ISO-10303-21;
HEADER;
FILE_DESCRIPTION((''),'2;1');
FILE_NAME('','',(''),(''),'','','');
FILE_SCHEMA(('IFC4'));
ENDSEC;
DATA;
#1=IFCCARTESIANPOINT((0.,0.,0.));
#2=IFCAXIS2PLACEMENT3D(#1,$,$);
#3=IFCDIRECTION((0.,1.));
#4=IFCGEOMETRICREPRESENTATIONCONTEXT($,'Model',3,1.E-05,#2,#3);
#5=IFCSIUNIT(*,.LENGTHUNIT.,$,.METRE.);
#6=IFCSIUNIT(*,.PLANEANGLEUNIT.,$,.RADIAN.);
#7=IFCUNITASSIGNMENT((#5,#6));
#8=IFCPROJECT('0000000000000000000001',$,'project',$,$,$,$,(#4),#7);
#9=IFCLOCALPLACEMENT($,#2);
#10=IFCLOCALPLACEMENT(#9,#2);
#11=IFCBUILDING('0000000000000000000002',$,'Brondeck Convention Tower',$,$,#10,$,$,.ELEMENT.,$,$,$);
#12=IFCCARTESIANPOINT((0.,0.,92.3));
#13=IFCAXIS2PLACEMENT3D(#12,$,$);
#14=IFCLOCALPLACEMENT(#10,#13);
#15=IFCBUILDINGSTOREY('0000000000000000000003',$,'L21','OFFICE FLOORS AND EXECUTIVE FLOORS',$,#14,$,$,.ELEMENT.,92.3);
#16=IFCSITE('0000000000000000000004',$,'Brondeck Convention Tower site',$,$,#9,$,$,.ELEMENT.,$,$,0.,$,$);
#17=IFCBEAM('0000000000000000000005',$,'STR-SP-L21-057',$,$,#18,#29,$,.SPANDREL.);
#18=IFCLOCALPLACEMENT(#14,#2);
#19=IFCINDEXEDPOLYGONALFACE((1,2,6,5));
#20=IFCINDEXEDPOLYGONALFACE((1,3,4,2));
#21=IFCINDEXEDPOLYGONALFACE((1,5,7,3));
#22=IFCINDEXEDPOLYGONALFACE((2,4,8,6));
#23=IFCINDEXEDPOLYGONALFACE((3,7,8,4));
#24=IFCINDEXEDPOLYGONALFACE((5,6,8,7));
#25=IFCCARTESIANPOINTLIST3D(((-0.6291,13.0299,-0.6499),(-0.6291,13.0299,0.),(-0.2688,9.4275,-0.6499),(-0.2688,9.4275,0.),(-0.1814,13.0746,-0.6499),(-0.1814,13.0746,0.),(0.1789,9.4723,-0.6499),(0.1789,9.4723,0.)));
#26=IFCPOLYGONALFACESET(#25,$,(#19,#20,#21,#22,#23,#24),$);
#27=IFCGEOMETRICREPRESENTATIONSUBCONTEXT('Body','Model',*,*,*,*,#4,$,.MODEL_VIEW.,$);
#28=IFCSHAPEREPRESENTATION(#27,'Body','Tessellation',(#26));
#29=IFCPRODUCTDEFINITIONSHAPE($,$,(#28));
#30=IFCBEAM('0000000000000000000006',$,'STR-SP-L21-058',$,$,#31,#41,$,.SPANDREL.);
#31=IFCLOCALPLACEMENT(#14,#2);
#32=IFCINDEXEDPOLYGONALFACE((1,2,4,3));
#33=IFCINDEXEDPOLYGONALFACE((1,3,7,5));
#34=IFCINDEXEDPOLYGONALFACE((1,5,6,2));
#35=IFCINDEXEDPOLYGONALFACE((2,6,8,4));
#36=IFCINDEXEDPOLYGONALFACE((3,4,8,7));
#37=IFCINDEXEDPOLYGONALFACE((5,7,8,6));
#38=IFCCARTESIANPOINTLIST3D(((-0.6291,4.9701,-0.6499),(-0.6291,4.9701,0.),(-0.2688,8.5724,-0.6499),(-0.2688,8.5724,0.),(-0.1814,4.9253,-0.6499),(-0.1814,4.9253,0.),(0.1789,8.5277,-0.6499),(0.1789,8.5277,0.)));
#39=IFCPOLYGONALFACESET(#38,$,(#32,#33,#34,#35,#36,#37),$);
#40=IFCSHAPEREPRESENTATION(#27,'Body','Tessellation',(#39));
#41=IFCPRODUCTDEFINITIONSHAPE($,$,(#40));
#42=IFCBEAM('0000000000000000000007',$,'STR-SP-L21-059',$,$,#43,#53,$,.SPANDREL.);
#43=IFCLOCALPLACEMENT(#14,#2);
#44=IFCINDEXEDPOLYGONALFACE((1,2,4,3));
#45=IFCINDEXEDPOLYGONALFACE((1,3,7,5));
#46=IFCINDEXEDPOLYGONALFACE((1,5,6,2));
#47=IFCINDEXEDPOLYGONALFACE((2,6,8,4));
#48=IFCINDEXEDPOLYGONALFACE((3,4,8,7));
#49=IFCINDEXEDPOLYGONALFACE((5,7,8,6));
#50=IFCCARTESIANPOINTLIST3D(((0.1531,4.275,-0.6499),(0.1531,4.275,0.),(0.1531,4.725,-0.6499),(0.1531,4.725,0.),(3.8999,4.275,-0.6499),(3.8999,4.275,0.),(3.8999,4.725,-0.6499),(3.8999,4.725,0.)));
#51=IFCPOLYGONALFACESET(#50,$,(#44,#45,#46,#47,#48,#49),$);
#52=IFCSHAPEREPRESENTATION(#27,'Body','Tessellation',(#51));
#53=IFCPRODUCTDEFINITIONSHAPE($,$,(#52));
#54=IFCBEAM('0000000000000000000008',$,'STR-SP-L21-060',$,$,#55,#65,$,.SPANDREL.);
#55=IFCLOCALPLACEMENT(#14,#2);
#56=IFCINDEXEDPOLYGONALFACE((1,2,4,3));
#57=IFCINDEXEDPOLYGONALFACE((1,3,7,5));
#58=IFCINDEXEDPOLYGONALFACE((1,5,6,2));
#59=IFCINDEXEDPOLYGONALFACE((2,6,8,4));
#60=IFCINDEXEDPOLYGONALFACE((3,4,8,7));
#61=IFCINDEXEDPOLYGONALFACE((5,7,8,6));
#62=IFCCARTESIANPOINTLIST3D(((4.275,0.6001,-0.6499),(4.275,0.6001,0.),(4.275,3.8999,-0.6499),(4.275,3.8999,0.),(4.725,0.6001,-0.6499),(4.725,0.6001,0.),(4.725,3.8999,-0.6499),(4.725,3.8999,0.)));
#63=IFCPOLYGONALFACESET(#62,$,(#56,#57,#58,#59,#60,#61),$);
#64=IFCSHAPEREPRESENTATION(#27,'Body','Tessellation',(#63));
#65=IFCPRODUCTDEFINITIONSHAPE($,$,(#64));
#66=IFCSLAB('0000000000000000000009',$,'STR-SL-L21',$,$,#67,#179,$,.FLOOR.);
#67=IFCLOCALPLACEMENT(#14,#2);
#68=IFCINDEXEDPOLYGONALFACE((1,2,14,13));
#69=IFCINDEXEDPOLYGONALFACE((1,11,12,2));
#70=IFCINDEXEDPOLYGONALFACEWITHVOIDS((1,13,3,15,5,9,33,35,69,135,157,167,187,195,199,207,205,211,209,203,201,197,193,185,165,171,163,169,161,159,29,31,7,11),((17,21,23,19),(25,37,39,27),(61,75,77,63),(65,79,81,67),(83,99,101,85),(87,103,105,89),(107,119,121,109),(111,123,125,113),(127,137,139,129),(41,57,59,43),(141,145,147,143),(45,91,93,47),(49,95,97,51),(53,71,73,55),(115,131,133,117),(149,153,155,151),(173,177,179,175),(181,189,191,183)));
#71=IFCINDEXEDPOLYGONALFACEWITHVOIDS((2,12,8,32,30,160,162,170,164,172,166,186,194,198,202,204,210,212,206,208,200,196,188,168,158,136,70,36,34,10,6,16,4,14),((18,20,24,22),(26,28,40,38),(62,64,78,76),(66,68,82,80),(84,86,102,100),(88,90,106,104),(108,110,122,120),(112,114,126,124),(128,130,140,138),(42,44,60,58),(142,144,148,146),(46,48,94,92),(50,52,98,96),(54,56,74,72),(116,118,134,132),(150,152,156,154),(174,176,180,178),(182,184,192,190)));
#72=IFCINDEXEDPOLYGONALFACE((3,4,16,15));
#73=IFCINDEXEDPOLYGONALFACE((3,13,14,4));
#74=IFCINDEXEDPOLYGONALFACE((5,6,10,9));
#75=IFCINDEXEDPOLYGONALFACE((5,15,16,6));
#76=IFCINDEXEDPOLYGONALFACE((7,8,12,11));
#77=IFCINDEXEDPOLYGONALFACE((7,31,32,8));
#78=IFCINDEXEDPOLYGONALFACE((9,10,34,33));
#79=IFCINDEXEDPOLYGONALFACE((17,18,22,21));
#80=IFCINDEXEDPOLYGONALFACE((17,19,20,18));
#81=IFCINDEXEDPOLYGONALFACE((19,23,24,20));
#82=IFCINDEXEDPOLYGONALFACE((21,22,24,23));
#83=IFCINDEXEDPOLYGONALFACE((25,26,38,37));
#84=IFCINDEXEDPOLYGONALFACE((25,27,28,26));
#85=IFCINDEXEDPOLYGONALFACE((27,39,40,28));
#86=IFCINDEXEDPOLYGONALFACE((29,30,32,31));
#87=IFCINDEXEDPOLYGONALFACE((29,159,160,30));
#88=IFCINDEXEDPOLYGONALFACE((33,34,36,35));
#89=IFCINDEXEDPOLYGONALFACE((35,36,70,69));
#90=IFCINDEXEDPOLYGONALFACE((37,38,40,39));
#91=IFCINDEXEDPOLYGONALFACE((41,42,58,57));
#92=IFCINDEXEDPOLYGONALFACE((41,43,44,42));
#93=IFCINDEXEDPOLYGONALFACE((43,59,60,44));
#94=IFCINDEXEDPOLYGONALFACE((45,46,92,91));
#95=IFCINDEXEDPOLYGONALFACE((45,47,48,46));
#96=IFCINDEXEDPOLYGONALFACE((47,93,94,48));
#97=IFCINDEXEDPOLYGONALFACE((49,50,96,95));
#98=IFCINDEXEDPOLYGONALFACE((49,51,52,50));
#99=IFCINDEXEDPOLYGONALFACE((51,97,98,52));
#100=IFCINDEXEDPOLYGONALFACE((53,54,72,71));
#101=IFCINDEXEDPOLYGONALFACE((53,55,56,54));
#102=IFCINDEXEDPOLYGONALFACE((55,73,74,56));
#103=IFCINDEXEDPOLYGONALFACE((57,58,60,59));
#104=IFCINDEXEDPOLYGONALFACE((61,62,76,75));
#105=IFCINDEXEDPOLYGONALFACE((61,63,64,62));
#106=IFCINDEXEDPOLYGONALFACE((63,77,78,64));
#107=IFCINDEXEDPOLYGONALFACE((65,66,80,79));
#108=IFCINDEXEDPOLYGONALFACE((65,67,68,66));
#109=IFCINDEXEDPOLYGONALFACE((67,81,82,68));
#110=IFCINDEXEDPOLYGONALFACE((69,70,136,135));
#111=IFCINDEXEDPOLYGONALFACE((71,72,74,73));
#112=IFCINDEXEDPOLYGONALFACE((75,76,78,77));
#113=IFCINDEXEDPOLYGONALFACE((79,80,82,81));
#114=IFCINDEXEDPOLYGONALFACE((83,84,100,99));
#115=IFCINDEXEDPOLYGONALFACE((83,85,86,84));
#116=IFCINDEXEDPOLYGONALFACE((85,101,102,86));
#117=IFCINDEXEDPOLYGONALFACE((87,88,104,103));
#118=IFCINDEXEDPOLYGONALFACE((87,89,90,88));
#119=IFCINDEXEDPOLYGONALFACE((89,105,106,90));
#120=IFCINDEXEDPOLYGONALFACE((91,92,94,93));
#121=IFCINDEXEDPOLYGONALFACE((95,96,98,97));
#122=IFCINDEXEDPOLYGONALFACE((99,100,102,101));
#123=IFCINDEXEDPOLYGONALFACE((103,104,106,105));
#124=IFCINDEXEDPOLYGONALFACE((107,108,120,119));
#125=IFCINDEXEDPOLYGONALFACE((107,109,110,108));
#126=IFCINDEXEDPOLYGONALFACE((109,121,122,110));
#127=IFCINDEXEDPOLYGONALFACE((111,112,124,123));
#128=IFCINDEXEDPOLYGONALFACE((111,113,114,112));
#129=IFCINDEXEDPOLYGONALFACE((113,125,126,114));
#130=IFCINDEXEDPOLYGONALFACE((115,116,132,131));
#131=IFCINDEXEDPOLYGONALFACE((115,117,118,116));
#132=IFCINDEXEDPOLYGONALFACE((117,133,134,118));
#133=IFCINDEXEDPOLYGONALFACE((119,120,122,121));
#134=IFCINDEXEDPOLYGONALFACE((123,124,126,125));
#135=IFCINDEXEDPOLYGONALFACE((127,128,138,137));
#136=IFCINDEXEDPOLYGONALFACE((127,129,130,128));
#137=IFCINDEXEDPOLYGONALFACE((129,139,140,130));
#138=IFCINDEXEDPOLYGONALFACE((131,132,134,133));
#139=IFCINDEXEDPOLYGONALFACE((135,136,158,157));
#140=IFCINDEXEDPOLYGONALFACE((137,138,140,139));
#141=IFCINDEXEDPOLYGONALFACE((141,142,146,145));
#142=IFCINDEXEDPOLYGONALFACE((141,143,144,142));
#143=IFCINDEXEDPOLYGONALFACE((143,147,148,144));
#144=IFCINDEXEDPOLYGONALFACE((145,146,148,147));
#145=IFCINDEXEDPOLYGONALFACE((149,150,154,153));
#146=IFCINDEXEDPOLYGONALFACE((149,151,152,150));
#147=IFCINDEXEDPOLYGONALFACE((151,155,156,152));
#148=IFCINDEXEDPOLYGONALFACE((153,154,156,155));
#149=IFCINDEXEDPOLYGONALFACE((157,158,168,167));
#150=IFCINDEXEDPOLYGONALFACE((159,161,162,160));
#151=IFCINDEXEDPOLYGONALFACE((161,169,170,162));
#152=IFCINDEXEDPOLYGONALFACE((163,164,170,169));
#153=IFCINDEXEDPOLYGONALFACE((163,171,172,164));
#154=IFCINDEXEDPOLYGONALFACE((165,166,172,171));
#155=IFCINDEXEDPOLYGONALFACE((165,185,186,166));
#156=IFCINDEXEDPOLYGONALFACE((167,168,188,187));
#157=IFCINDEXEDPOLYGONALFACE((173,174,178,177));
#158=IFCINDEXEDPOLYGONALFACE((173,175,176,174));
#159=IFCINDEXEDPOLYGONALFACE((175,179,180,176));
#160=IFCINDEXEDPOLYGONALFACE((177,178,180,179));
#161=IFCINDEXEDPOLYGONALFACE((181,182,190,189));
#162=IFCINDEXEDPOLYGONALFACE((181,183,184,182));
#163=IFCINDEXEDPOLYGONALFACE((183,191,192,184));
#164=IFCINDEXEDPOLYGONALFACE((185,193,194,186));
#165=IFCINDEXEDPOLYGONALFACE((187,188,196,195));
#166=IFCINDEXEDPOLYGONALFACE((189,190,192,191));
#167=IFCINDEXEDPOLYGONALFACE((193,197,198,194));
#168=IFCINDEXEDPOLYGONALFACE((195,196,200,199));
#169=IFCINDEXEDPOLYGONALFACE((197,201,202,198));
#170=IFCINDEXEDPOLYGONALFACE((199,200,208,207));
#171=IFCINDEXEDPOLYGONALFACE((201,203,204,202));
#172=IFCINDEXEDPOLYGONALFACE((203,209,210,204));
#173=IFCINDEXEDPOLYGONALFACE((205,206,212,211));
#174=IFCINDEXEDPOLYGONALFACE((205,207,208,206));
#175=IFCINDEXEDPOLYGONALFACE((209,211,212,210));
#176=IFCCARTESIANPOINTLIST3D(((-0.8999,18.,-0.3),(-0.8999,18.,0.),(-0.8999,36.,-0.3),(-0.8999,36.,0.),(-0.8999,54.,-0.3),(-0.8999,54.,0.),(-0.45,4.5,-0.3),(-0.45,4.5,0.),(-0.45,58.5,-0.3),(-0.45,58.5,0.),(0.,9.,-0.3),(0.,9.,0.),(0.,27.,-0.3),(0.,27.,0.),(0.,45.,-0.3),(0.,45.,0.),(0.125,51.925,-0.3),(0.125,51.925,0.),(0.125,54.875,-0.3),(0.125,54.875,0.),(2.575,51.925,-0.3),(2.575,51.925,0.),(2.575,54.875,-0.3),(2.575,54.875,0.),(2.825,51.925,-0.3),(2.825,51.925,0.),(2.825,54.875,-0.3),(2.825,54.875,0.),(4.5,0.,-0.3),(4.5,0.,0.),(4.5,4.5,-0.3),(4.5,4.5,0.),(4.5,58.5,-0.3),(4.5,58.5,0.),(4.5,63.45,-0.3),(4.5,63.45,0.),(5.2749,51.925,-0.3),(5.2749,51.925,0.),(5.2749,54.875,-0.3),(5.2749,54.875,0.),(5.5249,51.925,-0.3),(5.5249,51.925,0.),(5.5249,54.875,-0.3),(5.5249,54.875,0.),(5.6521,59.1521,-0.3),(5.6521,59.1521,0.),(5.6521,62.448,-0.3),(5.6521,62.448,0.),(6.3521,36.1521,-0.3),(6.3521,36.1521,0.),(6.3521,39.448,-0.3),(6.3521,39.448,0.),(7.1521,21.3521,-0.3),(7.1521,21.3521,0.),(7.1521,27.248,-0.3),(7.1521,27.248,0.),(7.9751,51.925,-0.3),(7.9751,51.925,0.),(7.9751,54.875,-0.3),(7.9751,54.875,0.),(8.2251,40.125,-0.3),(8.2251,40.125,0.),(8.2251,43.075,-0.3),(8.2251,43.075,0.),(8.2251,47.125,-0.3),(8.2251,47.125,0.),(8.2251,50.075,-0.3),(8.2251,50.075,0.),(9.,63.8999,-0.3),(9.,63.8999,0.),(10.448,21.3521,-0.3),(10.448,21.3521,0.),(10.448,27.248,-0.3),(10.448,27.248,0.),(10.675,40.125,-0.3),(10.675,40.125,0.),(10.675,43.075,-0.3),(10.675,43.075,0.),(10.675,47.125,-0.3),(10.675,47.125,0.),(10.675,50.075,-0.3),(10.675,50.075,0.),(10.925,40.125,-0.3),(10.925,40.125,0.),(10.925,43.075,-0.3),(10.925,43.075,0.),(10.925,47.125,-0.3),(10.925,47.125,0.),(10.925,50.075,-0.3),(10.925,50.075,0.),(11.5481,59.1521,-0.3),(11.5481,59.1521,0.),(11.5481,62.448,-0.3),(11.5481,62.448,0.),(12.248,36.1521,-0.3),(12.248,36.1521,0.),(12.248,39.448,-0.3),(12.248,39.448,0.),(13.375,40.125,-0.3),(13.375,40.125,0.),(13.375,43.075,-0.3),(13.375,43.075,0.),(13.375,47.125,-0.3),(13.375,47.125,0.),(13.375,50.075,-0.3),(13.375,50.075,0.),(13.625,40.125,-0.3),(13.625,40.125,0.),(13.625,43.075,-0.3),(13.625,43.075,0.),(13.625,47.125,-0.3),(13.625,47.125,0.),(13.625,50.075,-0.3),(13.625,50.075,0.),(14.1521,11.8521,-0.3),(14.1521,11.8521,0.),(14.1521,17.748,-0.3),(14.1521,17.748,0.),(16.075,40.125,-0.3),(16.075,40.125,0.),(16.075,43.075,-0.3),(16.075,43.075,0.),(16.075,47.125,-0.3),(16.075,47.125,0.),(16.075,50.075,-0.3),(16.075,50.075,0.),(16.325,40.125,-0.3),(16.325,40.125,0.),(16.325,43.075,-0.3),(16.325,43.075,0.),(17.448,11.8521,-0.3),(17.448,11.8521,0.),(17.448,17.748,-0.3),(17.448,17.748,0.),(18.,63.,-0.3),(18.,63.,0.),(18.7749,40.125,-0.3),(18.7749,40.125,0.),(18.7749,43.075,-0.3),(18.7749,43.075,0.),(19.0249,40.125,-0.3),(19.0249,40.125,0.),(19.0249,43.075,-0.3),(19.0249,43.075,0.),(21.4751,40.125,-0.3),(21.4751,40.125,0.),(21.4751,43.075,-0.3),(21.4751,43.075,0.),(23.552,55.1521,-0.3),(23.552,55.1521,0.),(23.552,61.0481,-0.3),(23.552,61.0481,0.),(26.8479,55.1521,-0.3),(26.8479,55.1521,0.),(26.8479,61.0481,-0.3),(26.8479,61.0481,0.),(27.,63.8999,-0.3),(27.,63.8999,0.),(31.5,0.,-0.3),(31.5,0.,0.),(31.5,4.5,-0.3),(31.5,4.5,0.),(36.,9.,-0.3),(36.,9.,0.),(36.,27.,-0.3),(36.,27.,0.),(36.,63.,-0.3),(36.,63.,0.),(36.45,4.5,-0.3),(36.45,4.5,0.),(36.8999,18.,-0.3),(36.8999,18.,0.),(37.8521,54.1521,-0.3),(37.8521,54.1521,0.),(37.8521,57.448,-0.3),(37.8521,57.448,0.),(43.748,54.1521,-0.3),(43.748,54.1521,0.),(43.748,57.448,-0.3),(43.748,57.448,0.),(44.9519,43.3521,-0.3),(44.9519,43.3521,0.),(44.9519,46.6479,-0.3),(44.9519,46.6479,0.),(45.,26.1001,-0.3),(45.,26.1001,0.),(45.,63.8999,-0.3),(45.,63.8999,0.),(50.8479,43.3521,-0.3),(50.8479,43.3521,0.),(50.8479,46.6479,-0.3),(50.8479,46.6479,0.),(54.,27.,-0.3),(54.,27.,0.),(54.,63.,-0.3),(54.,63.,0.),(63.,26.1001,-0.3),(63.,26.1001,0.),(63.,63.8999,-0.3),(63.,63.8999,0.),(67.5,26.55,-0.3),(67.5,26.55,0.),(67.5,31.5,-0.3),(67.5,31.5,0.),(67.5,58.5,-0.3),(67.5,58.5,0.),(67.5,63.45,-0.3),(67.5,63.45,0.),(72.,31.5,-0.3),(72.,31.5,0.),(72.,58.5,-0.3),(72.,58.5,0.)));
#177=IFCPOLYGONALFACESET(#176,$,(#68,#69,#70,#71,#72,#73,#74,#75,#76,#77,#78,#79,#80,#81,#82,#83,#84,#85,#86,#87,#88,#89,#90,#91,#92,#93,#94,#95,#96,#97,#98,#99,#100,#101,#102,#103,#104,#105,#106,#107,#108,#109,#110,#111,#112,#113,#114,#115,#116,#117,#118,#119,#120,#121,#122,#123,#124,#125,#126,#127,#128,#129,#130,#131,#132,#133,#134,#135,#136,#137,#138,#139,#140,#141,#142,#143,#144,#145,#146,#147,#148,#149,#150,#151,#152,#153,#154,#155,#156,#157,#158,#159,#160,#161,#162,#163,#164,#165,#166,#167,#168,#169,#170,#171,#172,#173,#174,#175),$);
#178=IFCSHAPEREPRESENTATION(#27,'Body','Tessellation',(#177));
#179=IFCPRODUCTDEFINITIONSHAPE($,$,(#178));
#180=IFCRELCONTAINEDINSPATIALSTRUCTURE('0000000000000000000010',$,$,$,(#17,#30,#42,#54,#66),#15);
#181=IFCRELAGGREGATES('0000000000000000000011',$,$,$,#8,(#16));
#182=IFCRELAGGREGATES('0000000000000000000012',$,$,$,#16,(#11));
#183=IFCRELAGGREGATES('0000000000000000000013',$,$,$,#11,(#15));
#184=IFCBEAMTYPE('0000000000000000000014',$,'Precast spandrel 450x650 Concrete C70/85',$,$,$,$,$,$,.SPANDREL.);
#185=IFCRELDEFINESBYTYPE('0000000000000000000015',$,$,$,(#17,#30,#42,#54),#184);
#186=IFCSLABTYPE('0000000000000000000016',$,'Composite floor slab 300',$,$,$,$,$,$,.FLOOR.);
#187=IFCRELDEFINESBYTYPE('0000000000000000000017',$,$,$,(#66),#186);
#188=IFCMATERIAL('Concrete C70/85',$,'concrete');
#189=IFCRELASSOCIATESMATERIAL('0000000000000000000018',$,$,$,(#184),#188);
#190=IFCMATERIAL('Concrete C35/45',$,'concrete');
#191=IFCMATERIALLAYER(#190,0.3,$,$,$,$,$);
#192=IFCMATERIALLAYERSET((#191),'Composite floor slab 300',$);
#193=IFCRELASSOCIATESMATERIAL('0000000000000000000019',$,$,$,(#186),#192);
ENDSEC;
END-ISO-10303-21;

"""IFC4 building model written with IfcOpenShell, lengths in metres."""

from ifc_helpers import new_model, si_unit, direction, frame, origin, origin_2d, place, context, subcontext, project, spatial, polyline, rectangle, outline, extrude, material, layer, layer_set, material_profile, profile_set, type_object, element, save


model = new_model("IFC4")

# Units and contexts
model_context = context("Model", 3, precision=1e-05, world=origin(), true_north=direction((0.0, 1.0)))
body_context = subcontext(model_context, "Body", "Model", "MODEL_VIEW")
ifc_project = project(units=[si_unit("LENGTHUNIT", "METRE"), si_unit("PLANEANGLEUNIT", "RADIAN")], contexts=[model_context])

# Site, building, storey
site_placement = place(None, origin())
site = spatial("IfcSite", under=ifc_project, at=site_placement, Name="Brondeck Convention Tower site", CompositionType="ELEMENT", RefElevation=0.0)
building_placement = place(site_placement, origin())
building = spatial("IfcBuilding", under=site, at=building_placement, Name="Brondeck Convention Tower", CompositionType="ELEMENT")
storey_placement = place(building_placement, frame((0.0, 0.0, 92.3)))
storey = spatial("IfcBuildingStorey", under=building, at=storey_placement, Name="L21", Description="OFFICE FLOORS AND EXECUTIVE FLOORS", CompositionType="ELEMENT", Elevation=92.3)

# Shared definitions
ifc_material_1 = material(Name="Concrete C70/85", Category="concrete")

# Beams
ifc_material_profile_1 = material_profile(ifc_material_1, rectangle(XDim=0.45, YDim=0.6499, at=origin_2d()), Name="Precast spandrel 450x650 Concrete C70/85")
ifc_profile_set_1 = profile_set([ifc_material_profile_1], Name="Concrete C70/85")
beam_type_1 = type_object("IfcBeamType", Name="Precast spandrel 450x650 Concrete C70/85", PredefinedType="SPANDREL", material=ifc_profile_set_1)
for number, where, z_axis, x_axis, name in (
    (1, (-0.4053, 13.0522, -0.325), (0.099537, -0.995034, 0.0), (0.995034, 0.099537, 0.0), "STR-SP-L21-057"),
    (2, (-0.0449, 8.55, -0.325), (-0.099537, -0.995034, 0.0), (0.995034, -0.099537, 0.0), "STR-SP-L21-058"),
):
    element("IfcBeam", number, at=place(storey_placement, frame(where, z_axis=z_axis, x_axis=x_axis)), inside=storey, type_object=beam_type_1, Name=name, PredefinedType="SPANDREL", context=body_context, shape_type="SweptSolid", body=[
        extrude(rectangle(XDim=0.45, YDim=0.6499, at=origin_2d()), origin(), (0.0, 0.0, 1.0), 3.6204),
    ])
beam_1_placement = place(storey_placement, frame((0.1531, 4.5, -0.325), z_axis=(1.0, 0.0, 0.0), x_axis=(0.0, 1.0, 0.0)))
element("IfcBeam", 3, at=beam_1_placement, inside=storey, type_object=beam_type_1, Name="STR-SP-L21-059", PredefinedType="SPANDREL", context=body_context, shape_type="SweptSolid", body=[
    extrude(rectangle(XDim=0.45, YDim=0.6499, at=origin_2d()), origin(), (0.0, 0.0, 1.0), 3.7468),
])
beam_2_placement = place(storey_placement, frame((4.5, 3.8999, -0.325), z_axis=(0.0, -1.0, 0.0), x_axis=(1.0, 0.0, 0.0)))
element("IfcBeam", 4, at=beam_2_placement, inside=storey, type_object=beam_type_1, Name="STR-SP-L21-060", PredefinedType="SPANDREL", context=body_context, shape_type="SweptSolid", body=[
    extrude(rectangle(XDim=0.45, YDim=0.6499, at=origin_2d()), origin(), (0.0, 0.0, 1.0), 3.2998),
])

# Slab
ifc_material_2 = material(Name="Concrete C35/45", Category="concrete")
ifc_layer_1 = layer(ifc_material_2, 0.3)
ifc_layer_set_1 = layer_set([ifc_layer_1], Name="Composite floor slab 300")
slab_type_1 = type_object("IfcSlabType", Name="Composite floor slab 300", PredefinedType="FLOOR", material=ifc_layer_set_1)
slab_1_placement = place(storey_placement, frame((0.0, 0.0, -0.3)))
element("IfcSlab", 5, at=slab_1_placement, inside=storey, type_object=slab_type_1, Name="STR-SL-L21", PredefinedType="FLOOR", context=body_context, shape_type="SweptSolid", body=[
    extrude(outline(polyline([(4.5, 4.5), (-0.45, 4.5), (0.0, 9.0), (-0.8999, 18.0), (0.0, 27.0), (-0.8999, 36.0), (0.0, 45.0), (-0.8999, 54.0), (-0.45, 58.5), (4.5, 58.5), (4.5, 63.45), (9.0, 63.8999), (18.0, 63.0), (27.0, 63.8999), (36.0, 63.0), (45.0, 63.8999), (54.0, 63.0), (63.0, 63.8999), (67.5, 63.45), (67.5, 58.5), (72.0, 58.5), (72.0, 31.5), (67.5, 31.5), (67.5, 26.55), (63.0, 26.1001), (54.0, 27.0), (45.0, 26.1001), (36.0, 27.0), (36.8999, 18.0), (36.0, 9.0), (36.45, 4.5), (31.5, 4.5), (31.5, 0.0), (4.5, 0.0), (4.5, 4.5)]), holes=[polyline([(10.448, 27.248), (7.1521, 27.248), (7.1521, 21.3521), (10.448, 21.3521), (10.448, 27.248)]), polyline([(12.248, 36.1521), (12.248, 39.448), (6.3521, 39.448), (6.3521, 36.1521), (12.248, 36.1521)]), polyline([(10.675, 40.125), (10.675, 43.075), (8.2251, 43.075), (8.2251, 40.125), (10.675, 40.125)]), polyline([(10.675, 47.125), (10.675, 50.075), (8.2251, 50.075), (8.2251, 47.125), (10.675, 47.125)]), polyline([(13.375, 47.125), (13.375, 50.075), (10.925, 50.075), (10.925, 47.125), (13.375, 47.125)]), polyline([(2.575, 51.925), (2.575, 54.875), (0.125, 54.875), (0.125, 51.925), (2.575, 51.925)]), polyline([(5.2749, 51.925), (5.2749, 54.875), (2.825, 54.875), (2.825, 51.925), (5.2749, 51.925)]), polyline([(5.5249, 51.925), (7.9751, 51.925), (7.9751, 54.875), (5.5249, 54.875), (5.5249, 51.925)]), polyline([(11.5481, 62.448), (5.6521, 62.448), (5.6521, 59.1521), (11.5481, 59.1521), (11.5481, 62.448)]), polyline([(17.448, 17.748), (14.1521, 17.748), (14.1521, 11.8521), (17.448, 11.8521), (17.448, 17.748)]), polyline([(13.375, 40.125), (13.375, 43.075), (10.925, 43.075), (10.925, 40.125), (13.375, 40.125)]), polyline([(16.075, 40.125), (16.075, 43.075), (13.625, 43.075), (13.625, 40.125), (16.075, 40.125)]), polyline([(18.7749, 40.125), (18.7749, 43.075), (16.325, 43.075), (16.325, 40.125), (18.7749, 40.125)]), polyline([(21.4751, 40.125), (21.4751, 43.075), (19.0249, 43.075), (19.0249, 40.125), (21.4751, 40.125)]), polyline([(50.8479, 43.3521), (50.8479, 46.6479), (44.9519, 46.6479), (44.9519, 43.3521), (50.8479, 43.3521)]), polyline([(16.075, 47.125), (16.075, 50.075), (13.625, 50.075), (13.625, 47.125), (16.075, 47.125)]), polyline([(37.8521, 54.1521), (43.748, 54.1521), (43.748, 57.448), (37.8521, 57.448), (37.8521, 54.1521)]), polyline([(23.552, 61.0481), (23.552, 55.1521), (26.8479, 55.1521), (26.8479, 61.0481), (23.552, 61.0481)])]), origin(), (0.0, 0.0, 1.0), 0.3),
])

save(model, "model.ifc")
